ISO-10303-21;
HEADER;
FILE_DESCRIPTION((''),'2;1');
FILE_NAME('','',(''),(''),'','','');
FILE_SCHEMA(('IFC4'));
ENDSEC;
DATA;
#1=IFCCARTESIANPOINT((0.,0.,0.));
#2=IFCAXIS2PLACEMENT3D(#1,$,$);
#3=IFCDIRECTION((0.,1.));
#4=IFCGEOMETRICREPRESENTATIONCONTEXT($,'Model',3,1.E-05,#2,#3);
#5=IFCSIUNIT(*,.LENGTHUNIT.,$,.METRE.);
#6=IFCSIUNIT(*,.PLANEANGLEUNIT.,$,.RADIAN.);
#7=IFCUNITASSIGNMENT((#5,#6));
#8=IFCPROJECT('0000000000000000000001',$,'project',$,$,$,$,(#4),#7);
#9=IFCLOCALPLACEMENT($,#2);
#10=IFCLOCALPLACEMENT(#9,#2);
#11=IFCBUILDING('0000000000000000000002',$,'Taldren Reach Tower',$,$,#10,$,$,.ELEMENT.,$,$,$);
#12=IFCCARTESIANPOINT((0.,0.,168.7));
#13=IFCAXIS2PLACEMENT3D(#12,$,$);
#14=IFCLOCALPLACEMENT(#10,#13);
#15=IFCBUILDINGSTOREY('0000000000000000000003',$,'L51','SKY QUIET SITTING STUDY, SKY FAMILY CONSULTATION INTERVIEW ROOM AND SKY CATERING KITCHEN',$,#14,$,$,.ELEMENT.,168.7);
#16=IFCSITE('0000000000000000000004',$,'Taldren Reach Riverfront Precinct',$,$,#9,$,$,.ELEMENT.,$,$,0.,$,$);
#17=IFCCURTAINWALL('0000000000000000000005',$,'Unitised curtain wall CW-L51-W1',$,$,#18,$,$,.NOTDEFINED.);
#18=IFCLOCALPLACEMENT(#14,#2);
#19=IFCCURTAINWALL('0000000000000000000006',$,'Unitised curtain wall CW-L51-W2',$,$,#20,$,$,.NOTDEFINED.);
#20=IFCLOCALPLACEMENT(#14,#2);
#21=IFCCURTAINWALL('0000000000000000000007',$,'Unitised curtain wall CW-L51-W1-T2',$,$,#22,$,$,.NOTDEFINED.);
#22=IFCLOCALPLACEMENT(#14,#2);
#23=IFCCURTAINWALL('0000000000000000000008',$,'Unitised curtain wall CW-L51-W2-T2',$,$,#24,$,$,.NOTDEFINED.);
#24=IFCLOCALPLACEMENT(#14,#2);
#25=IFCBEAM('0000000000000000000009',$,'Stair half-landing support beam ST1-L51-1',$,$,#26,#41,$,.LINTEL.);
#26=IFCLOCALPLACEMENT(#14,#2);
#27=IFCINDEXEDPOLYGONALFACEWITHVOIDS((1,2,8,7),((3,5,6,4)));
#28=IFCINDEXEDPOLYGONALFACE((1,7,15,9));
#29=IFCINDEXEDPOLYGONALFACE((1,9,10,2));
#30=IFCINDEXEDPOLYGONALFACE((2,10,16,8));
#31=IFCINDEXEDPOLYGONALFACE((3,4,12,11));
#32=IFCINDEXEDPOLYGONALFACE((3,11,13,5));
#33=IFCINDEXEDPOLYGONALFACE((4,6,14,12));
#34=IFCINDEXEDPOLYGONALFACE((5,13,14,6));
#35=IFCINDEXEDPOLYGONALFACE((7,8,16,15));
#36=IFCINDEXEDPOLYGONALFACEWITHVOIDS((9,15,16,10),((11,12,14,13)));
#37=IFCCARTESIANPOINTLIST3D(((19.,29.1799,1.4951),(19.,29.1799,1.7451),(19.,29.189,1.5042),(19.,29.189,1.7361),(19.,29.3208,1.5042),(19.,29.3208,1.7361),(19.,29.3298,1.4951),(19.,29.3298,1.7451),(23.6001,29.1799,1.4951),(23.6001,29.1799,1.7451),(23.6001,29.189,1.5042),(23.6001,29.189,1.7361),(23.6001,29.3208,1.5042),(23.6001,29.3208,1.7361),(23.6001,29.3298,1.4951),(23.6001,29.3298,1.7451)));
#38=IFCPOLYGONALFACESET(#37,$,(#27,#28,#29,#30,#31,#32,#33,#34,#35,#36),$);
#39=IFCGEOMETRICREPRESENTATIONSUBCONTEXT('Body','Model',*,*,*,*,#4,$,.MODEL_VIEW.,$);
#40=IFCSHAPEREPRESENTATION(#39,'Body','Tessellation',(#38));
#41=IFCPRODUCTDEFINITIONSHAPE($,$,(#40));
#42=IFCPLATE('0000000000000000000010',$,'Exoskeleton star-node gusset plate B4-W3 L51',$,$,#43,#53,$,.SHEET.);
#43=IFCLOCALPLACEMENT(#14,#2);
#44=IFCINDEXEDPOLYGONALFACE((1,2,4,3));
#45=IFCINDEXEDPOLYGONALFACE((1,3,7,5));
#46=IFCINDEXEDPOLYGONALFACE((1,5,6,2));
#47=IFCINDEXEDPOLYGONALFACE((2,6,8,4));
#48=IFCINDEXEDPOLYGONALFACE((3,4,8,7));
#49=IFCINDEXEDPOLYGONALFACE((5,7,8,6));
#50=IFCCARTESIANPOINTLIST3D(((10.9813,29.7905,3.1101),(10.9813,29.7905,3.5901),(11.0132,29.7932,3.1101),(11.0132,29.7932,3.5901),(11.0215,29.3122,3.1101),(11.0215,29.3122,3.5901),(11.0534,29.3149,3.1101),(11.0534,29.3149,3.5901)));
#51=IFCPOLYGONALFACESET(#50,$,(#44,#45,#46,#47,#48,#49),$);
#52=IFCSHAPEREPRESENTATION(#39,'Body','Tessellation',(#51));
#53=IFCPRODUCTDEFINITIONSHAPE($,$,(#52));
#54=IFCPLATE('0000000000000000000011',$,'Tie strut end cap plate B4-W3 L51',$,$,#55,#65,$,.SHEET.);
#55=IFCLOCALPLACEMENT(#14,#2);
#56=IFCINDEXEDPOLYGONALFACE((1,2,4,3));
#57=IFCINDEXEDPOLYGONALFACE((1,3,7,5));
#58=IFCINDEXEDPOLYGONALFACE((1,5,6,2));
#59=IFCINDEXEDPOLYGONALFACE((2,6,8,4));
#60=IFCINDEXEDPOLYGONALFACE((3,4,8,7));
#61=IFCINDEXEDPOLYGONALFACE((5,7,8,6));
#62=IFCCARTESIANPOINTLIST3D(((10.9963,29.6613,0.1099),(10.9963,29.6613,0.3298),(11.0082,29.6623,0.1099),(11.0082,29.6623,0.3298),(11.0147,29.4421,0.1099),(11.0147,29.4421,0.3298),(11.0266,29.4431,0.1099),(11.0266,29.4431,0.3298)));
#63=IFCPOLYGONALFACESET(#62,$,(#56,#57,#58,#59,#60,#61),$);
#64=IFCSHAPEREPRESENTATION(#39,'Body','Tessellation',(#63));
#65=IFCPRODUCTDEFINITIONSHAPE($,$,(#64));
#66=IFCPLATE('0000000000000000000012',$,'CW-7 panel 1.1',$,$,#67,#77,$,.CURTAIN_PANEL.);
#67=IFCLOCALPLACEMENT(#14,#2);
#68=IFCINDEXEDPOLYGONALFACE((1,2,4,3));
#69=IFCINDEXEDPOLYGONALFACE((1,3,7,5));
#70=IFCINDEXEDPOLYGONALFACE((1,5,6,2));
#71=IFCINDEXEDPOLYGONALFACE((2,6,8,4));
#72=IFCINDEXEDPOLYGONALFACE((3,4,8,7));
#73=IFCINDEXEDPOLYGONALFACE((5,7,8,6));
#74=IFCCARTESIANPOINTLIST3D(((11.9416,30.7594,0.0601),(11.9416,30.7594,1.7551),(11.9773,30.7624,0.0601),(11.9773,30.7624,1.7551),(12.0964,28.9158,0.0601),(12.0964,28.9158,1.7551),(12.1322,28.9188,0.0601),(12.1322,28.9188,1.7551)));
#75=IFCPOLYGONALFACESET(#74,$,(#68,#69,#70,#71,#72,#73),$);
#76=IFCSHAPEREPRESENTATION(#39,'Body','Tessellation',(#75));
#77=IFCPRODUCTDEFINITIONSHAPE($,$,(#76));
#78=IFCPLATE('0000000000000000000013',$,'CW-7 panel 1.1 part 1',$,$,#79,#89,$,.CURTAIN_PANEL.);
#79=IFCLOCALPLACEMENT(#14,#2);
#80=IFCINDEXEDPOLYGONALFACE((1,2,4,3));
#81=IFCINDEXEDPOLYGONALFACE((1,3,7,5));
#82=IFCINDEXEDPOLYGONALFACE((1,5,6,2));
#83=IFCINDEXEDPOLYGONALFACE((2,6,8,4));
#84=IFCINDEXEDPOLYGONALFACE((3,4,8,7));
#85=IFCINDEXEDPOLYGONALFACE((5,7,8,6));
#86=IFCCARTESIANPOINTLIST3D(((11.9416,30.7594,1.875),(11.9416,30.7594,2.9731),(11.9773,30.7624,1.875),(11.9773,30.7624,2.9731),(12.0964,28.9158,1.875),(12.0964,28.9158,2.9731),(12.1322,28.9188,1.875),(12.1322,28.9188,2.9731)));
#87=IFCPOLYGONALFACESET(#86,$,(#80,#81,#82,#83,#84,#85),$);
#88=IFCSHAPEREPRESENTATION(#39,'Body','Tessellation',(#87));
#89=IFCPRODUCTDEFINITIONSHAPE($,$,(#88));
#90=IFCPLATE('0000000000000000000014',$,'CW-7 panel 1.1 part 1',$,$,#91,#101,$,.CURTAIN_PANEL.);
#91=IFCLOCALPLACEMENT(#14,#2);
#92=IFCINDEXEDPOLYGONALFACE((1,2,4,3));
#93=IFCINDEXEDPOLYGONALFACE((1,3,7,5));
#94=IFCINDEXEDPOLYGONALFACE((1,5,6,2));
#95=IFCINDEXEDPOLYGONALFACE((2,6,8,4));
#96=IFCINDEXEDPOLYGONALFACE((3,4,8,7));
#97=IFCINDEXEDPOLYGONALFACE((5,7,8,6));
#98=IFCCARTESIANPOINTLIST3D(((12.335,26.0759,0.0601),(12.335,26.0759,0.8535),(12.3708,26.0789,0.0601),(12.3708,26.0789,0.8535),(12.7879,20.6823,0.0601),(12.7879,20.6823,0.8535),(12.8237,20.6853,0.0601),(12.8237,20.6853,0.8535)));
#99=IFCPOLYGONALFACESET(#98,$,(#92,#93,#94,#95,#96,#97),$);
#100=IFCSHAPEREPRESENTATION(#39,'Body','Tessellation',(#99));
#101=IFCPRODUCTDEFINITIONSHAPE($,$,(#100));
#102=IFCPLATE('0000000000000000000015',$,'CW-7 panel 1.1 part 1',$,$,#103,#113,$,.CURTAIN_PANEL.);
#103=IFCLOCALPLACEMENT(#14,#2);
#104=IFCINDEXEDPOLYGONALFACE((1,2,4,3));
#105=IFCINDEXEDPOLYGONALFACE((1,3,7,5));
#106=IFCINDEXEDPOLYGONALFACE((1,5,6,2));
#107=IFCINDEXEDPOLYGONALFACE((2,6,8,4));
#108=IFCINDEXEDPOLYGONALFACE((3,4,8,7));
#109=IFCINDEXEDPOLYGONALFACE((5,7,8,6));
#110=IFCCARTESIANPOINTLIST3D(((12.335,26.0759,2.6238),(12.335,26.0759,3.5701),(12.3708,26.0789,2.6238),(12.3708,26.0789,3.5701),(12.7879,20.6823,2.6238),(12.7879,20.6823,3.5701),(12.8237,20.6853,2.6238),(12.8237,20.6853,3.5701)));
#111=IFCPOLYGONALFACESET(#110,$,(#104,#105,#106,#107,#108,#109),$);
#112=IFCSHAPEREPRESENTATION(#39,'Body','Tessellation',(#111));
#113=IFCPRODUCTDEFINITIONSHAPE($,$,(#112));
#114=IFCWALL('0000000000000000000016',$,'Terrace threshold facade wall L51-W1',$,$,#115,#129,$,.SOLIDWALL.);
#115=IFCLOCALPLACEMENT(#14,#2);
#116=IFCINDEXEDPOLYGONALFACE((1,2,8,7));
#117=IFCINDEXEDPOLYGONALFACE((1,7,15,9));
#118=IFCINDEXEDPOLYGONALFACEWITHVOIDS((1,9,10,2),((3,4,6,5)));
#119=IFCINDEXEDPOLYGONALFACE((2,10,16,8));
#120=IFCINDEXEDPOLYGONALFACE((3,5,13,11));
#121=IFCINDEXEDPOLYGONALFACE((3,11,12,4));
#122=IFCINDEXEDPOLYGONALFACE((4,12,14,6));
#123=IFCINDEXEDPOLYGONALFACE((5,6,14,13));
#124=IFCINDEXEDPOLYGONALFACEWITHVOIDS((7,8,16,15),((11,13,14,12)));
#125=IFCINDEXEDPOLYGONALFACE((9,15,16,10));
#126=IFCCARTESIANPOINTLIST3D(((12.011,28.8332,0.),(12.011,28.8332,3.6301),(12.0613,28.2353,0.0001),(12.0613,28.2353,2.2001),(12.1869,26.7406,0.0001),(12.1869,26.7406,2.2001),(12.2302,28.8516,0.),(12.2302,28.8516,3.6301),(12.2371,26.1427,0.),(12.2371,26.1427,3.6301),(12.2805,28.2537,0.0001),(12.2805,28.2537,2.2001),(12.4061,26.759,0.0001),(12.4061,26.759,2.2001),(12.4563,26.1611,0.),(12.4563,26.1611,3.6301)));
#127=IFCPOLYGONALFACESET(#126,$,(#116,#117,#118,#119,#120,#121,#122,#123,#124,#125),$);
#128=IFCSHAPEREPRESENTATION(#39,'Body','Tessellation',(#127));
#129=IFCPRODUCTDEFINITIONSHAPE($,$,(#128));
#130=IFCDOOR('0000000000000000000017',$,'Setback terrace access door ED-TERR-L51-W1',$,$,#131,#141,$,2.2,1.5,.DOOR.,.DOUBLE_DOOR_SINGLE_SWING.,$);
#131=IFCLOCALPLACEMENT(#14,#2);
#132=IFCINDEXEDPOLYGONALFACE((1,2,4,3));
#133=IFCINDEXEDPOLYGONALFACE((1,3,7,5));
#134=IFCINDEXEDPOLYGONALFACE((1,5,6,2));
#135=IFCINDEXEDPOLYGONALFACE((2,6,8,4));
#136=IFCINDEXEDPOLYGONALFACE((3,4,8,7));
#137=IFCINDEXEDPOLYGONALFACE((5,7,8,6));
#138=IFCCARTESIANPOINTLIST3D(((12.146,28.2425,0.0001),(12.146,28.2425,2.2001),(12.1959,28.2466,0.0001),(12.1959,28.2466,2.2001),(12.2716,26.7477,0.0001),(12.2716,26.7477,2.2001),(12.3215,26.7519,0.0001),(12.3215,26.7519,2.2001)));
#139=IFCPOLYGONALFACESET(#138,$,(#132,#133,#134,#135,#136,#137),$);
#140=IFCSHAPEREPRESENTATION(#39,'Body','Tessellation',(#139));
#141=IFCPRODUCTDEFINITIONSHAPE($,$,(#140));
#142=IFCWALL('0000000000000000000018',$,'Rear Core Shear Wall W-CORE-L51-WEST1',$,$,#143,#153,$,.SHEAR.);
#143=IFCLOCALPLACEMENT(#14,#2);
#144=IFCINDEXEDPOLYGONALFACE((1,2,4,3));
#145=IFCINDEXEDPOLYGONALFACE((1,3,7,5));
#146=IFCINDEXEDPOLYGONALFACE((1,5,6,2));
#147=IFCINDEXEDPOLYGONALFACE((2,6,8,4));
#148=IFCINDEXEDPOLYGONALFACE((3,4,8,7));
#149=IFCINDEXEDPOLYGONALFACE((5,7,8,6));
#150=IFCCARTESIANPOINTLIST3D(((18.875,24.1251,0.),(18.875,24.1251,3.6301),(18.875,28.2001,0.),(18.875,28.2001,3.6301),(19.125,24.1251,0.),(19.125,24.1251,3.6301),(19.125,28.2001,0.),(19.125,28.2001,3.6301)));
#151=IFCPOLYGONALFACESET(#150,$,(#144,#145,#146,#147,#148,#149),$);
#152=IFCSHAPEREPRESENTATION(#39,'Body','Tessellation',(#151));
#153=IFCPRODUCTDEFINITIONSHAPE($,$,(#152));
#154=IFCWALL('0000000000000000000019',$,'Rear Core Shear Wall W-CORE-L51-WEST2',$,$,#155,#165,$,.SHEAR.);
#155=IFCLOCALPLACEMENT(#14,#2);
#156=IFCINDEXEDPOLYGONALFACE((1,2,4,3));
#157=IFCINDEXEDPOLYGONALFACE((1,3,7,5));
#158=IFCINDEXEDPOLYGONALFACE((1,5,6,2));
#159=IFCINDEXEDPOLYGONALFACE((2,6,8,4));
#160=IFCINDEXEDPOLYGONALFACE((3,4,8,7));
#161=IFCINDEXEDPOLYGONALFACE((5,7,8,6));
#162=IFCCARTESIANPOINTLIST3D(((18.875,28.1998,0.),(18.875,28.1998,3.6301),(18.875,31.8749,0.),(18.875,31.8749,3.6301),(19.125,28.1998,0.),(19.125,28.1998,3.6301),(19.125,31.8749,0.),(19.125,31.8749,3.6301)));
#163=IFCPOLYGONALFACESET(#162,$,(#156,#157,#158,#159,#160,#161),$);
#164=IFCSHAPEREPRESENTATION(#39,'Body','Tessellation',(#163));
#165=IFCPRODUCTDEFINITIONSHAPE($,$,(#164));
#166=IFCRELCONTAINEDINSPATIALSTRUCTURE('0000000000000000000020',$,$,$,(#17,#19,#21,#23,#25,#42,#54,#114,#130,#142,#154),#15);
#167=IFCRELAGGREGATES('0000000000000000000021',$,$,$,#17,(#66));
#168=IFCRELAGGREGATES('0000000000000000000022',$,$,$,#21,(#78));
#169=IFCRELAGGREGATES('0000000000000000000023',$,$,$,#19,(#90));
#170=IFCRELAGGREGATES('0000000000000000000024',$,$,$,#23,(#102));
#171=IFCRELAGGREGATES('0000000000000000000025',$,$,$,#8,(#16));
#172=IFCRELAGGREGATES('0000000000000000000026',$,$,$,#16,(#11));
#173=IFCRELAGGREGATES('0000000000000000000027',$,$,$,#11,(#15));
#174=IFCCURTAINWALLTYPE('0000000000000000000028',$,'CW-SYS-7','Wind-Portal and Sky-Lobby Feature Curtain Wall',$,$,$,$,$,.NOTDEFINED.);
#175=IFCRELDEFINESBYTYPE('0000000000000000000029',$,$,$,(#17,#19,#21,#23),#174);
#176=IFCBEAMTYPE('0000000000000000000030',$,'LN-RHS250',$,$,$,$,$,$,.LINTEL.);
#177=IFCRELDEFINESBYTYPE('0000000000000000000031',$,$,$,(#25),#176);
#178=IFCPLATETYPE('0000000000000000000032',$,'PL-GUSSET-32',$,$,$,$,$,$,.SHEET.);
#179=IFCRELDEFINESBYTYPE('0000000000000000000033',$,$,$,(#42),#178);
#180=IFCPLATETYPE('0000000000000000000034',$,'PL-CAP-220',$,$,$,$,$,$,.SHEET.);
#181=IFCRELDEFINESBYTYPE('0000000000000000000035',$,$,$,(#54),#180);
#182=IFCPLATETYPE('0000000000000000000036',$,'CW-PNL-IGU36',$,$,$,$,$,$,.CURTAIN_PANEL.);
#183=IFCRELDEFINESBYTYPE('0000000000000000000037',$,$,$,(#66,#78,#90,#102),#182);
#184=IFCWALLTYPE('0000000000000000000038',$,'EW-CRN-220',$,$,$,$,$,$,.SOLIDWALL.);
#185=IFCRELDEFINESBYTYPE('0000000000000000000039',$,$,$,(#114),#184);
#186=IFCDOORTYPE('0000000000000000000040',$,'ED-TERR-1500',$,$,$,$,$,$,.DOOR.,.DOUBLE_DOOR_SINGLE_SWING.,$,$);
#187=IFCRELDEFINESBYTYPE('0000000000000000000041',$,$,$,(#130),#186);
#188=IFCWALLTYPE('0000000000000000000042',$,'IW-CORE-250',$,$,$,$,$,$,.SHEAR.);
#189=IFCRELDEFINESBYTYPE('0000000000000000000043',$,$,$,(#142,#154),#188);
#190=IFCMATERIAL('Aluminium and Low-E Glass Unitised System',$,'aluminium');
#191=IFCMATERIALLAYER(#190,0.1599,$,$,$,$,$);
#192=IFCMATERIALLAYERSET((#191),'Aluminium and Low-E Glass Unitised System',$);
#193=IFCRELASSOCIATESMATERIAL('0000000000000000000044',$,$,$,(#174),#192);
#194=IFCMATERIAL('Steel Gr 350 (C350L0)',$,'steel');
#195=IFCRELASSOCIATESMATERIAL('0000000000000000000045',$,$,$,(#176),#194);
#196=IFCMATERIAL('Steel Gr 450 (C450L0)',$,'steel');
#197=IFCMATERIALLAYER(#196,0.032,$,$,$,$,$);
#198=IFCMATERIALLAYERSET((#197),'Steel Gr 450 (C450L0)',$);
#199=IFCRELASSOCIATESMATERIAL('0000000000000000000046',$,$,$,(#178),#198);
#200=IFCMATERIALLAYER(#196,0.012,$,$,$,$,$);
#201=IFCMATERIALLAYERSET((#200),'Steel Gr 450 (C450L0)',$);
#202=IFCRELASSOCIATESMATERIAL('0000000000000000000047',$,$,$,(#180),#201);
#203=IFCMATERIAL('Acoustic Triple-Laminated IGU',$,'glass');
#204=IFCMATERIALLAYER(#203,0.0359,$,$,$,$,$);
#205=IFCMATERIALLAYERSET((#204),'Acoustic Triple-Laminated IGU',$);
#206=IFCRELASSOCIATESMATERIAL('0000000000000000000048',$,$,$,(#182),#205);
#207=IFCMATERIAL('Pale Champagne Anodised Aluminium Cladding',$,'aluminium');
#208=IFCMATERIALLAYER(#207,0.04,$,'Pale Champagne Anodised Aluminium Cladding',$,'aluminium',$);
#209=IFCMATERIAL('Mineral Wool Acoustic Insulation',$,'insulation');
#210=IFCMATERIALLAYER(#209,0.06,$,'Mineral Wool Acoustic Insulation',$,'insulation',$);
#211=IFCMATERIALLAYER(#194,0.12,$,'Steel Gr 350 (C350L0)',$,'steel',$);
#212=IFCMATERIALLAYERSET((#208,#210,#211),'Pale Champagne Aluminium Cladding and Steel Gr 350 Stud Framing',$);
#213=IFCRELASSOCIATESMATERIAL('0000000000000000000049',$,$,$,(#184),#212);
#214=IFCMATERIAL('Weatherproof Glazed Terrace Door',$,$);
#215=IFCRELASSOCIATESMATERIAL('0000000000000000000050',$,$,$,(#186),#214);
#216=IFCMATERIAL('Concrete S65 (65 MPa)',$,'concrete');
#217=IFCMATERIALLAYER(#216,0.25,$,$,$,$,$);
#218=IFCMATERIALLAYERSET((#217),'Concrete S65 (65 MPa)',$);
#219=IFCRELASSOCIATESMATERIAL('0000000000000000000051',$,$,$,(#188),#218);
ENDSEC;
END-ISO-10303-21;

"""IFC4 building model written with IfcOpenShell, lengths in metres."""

from ifc_helpers import new_model, si_unit, direction, frame, frame_2d, origin, origin_2d, place, context, subcontext, project, spatial, rectangle, hollow_rectangle, extrude, source, transform, mapped, material, layer, layer_set, material_profile, profile_set, type_object, element, fill, aggregate, save


model = new_model("IFC4")

# Units and contexts
model_context = context("Model", 3, precision=1e-05, world=origin(), true_north=direction((0.0, 1.0)))
body_context = subcontext(model_context, "Body", "Model", "MODEL_VIEW")
ifc_project = project(units=[si_unit("LENGTHUNIT", "METRE"), si_unit("PLANEANGLEUNIT", "RADIAN")], contexts=[model_context])

# Site, building, storey
site_placement = place(None, origin())
site = spatial("IfcSite", under=ifc_project, at=site_placement, Name="Taldren Reach Riverfront Precinct", CompositionType="ELEMENT", RefElevation=0.0)
building_placement = place(site_placement, origin())
building = spatial("IfcBuilding", under=site, at=building_placement, Name="Taldren Reach Tower", CompositionType="ELEMENT")
storey_placement = place(building_placement, frame((0.0, 0.0, 168.7)))
storey = spatial("IfcBuildingStorey", under=building, at=storey_placement, Name="L51", Description="SKY QUIET SITTING STUDY, SKY FAMILY CONSULTATION INTERVIEW ROOM AND SKY CATERING KITCHEN", CompositionType="ELEMENT", Elevation=168.7)

# Shared definitions
ifc_material_1 = material(Name="Steel Gr 450 (C450L0)", Category="steel")

# Shared definitions
ifc_material_2 = material(Name="Steel Gr 350 (C350L0)", Category="steel")

# Curtain walls
ifc_material_3 = material(Name="Aluminium and Low-E Glass Unitised System", Category="aluminium")
ifc_layer_1 = layer(ifc_material_3, 0.1599)
ifc_layer_set_1 = layer_set([ifc_layer_1], Name="Aluminium and Low-E Glass Unitised System")
curtain_wall_type = type_object("IfcCurtainWallType", Name="CW-SYS-7", Description="Wind-Portal and Sky-Lobby Feature Curtain Wall", PredefinedType="NOTDEFINED", material=ifc_layer_set_1)
curtain_wall_1_placement = place(storey_placement, origin())
curtain_wall_1 = element("IfcCurtainWall", 1, at=curtain_wall_1_placement, inside=storey, type_object=curtain_wall_type, Name="Unitised curtain wall CW-L51-W1", PredefinedType="NOTDEFINED")
curtain_wall_2_placement = place(storey_placement, origin())
curtain_wall_2 = element("IfcCurtainWall", 2, at=curtain_wall_2_placement, inside=storey, type_object=curtain_wall_type, Name="Unitised curtain wall CW-L51-W2", PredefinedType="NOTDEFINED")
curtain_wall_3_placement = place(storey_placement, origin())
curtain_wall_3 = element("IfcCurtainWall", 3, at=curtain_wall_3_placement, inside=storey, type_object=curtain_wall_type, Name="Unitised curtain wall CW-L51-W1-T2", PredefinedType="NOTDEFINED")

# Curtain wall
curtain_wall_4_placement = place(storey_placement, origin())
curtain_wall_4 = element("IfcCurtainWall", 4, at=curtain_wall_4_placement, inside=storey, type_object=curtain_wall_type, Name="Unitised curtain wall CW-L51-W2-T2", PredefinedType="NOTDEFINED")

# Beam
ifc_material_profile_1 = material_profile(ifc_material_2, hollow_rectangle(XDim=0.1499, YDim=0.25, WallThickness=0.009, at=origin_2d()), Name="250x150x9.0RHS")
ifc_profile_set_1 = profile_set([ifc_material_profile_1], Name="Steel Gr 350 (C350L0)")
beam_type_1 = type_object("IfcBeamType", Name="LN-RHS250", PredefinedType="LINTEL", material=ifc_profile_set_1)
shared_shape_1 = source(origin(), body_context, "Body", "SweptSolid", [
    extrude(hollow_rectangle(XDim=0.1499, YDim=0.25, WallThickness=0.009, at=origin_2d()), origin(), (0.0, 0.0, 1.0), 4.6001),
])
beam_1_placement = place(storey_placement, frame((19.0, 29.2549, 1.6201), z_axis=(1.0, 0.0, 0.0), x_axis=(0.0, 1.0, 0.0)))
element("IfcBeam", 5, at=beam_1_placement, inside=storey, type_object=beam_type_1, Name="Stair half-landing support beam ST1-L51-1", PredefinedType="LINTEL", context=body_context, shape_type="MappedRepresentation", body=[
    mapped(shared_shape_1, transform((0.0, 0.0, 0.0), scale=1.0)),
])

# Plates
ifc_layer_2 = layer(ifc_material_1, 0.032)
ifc_layer_set_2 = layer_set([ifc_layer_2], Name="Steel Gr 450 (C450L0)")
plate_type_1 = type_object("IfcPlateType", Name="PL-GUSSET-32", PredefinedType="SHEET", material=ifc_layer_set_2)
shared_shape_2 = source(origin(), body_context, "Body", "SweptSolid", [
    extrude(rectangle(XDim=0.48, YDim=0.032, at=origin_2d()), origin(), (0.0, 0.0, 1.0), 0.48),
])
plate_1_placement = place(storey_placement, frame((11.0173, 29.5527, 3.1101), z_axis=(0.0, 0.0, 1.0), x_axis=(-0.083678, 0.996493, 0.0)))
element("IfcPlate", 6, at=plate_1_placement, inside=storey, type_object=plate_type_1, Name="Exoskeleton star-node gusset plate B4-W3 L51", PredefinedType="SHEET", context=body_context, shape_type="MappedRepresentation", body=[
    mapped(shared_shape_2, transform((0.0, 0.0, 0.0), scale=1.0)),
])
ifc_layer_3 = layer(ifc_material_1, 0.012)
ifc_layer_set_3 = layer_set([ifc_layer_3], Name="Steel Gr 450 (C450L0)")
plate_type_2 = type_object("IfcPlateType", Name="PL-CAP-220", PredefinedType="SHEET", material=ifc_layer_set_3)
shared_shape_3 = source(origin(), body_context, "Body", "SweptSolid", [
    extrude(rectangle(XDim=0.012, YDim=0.22, at=origin_2d()), origin(), (0.0, 0.0, 1.0), 0.22),
])
plate_2_placement = place(storey_placement, frame((11.0115, 29.5522, 0.1099), z_axis=(0.0, 0.0, 1.0), x_axis=(0.996493, 0.083678, 0.0)))
element("IfcPlate", 7, at=plate_2_placement, inside=storey, type_object=plate_type_2, Name="Tie strut end cap plate B4-W3 L51", PredefinedType="SHEET", context=body_context, shape_type="MappedRepresentation", body=[
    mapped(shared_shape_3, transform((0.0, 0.0, 0.0), scale=1.0)),
])

# Plates
ifc_material_4 = material(Name="Acoustic Triple-Laminated IGU", Category="glass")
ifc_layer_4 = layer(ifc_material_4, 0.0359)
ifc_layer_set_4 = layer_set([ifc_layer_4], Name="Acoustic Triple-Laminated IGU")
plate_type_3 = type_object("IfcPlateType", Name="CW-PNL-IGU36", PredefinedType="CURTAIN_PANEL", material=ifc_layer_set_4)
shared_shape_4 = source(origin(), body_context, "Body", "SweptSolid", [
    extrude(rectangle(XDim=1.8501, YDim=0.0359, at=origin_2d()), origin(), (0.0, 0.0, 1.0), 1.6951),
])
plate_3_placement = place(storey_placement, frame((12.0369, 29.8391, 0.0601), z_axis=(0.0, 0.0, 1.0), x_axis=(0.08368, -0.996493, 0.0)))
plate_3 = element("IfcPlate", 8, at=plate_3_placement, type_object=plate_type_3, Name="CW-7 panel 1.1", PredefinedType="CURTAIN_PANEL", context=body_context, shape_type="MappedRepresentation", body=[
    mapped(shared_shape_4, transform((0.0, 0.0, 0.0), scale=1.0)),
])
aggregate(curtain_wall_1, [plate_3])
shared_shape_5 = source(origin(), body_context, "Body", "SweptSolid", [
    extrude(rectangle(XDim=1.8501, YDim=0.0359, at=origin_2d()), origin(), (0.0, 0.0, 1.0), 1.0981),
])
plate_4_placement = place(storey_placement, frame((12.0369, 29.8391, 1.875), z_axis=(0.0, 0.0, 1.0), x_axis=(0.08368, -0.996493, 0.0)))
plate_4 = element("IfcPlate", 9, at=plate_4_placement, type_object=plate_type_3, Name="CW-7 panel 1.1 part 1", PredefinedType="CURTAIN_PANEL", context=body_context, shape_type="MappedRepresentation", body=[
    mapped(shared_shape_5, transform((0.0, 0.0, 0.0), scale=1.0)),
])
aggregate(curtain_wall_3, [plate_4])
shared_shape_6 = source(origin(), body_context, "Body", "SweptSolid", [
    extrude(rectangle(XDim=5.4126, YDim=0.0359, at=origin_2d()), origin(), (0.0, 0.0, 1.0), 0.7935),
])
plate_5_placement = place(storey_placement, frame((12.5793, 23.3806, 0.0601), z_axis=(0.0, 0.0, 1.0), x_axis=(0.083678, -0.996493, 0.0)))
plate_5 = element("IfcPlate", 10, at=plate_5_placement, type_object=plate_type_3, Name="CW-7 panel 1.1 part 1", PredefinedType="CURTAIN_PANEL", context=body_context, shape_type="MappedRepresentation", body=[
    mapped(shared_shape_6, transform((0.0, 0.0, 0.0), scale=1.0)),
])
aggregate(curtain_wall_2, [plate_5])
shared_shape_7 = source(origin(), body_context, "Body", "SweptSolid", [
    extrude(rectangle(XDim=5.4126, YDim=0.0359, at=origin_2d()), origin(), (0.0, 0.0, 1.0), 0.9463),
])
plate_6_placement = place(storey_placement, frame((12.5793, 23.3806, 2.6238), z_axis=(0.0, 0.0, 1.0), x_axis=(0.083678, -0.996493, 0.0)))
plate_6 = element("IfcPlate", 11, at=plate_6_placement, type_object=plate_type_3, Name="CW-7 panel 1.1 part 1", PredefinedType="CURTAIN_PANEL", context=body_context, shape_type="MappedRepresentation", body=[
    mapped(shared_shape_7, transform((0.0, 0.0, 0.0), scale=1.0)),
])
aggregate(curtain_wall_4, [plate_6])

# Wall, opening, door
ifc_material_5 = material(Name="Pale Champagne Anodised Aluminium Cladding", Category="aluminium")
ifc_layer_5 = layer(ifc_material_5, 0.04, Name="Pale Champagne Anodised Aluminium Cladding", Category="aluminium")
ifc_material_6 = material(Name="Mineral Wool Acoustic Insulation", Category="insulation")
ifc_layer_6 = layer(ifc_material_6, 0.06, Name="Mineral Wool Acoustic Insulation", Category="insulation")
ifc_layer_7 = layer(ifc_material_2, 0.12, Name="Steel Gr 350 (C350L0)", Category="steel")
ifc_layer_set_5 = layer_set([ifc_layer_5, ifc_layer_6, ifc_layer_7], Name="Pale Champagne Aluminium Cladding and Steel Gr 350 Stud Framing")
wall_type_1 = type_object("IfcWallType", Name="EW-CRN-220", PredefinedType="SOLIDWALL", material=ifc_layer_set_5)
shared_shape_8 = source(origin(), body_context, "Body", "SweptSolid", [
    extrude(rectangle(XDim=2.7, YDim=0.22, at=frame_2d((1.3501, 0.0))), origin(), (0.0, 0.0, 1.0), 3.6301),
])
wall_1_placement = place(storey_placement, frame((12.1206, 28.8425, 0.0), z_axis=(0.0, 0.0, 1.0), x_axis=(0.083734, -0.996488, 0.0)))
wall_1 = element("IfcWall", 12, at=wall_1_placement, inside=storey, type_object=wall_type_1, Name="Terrace threshold facade wall L51-W1", PredefinedType="SOLIDWALL", context=body_context, shape_type="MappedRepresentation", body=[
    mapped(shared_shape_8, transform((0.0, 0.0, 0.0), scale=1.0)),
])
shared_shape_9 = source(origin(), body_context, "Body", "SweptSolid", [
    extrude(rectangle(XDim=1.5, YDim=2.2, at=frame_2d((0.75, 1.1001))), frame((0.0, 0.1201, 0.0), z_axis=(0.0, -1.0, 0.0), x_axis=(1.0, 0.0, 0.0)), (0.0, 0.0, 1.0), 0.24),
])
opening_placement = place(wall_1_placement, frame((0.6001, 0.0, 0.0)))
opening = element("IfcOpeningElement", 13, at=opening_placement, cuts=wall_1, PredefinedType="OPENING", context=body_context, shape_type="MappedRepresentation", body=[
    mapped(shared_shape_9, transform((0.0, 0.0, 0.0), scale=1.0)),
])
ifc_material_7 = material(Name="Weatherproof Glazed Terrace Door")
door_type = type_object("IfcDoorType", Name="ED-TERR-1500", OperationType="DOUBLE_DOOR_SINGLE_SWING", PredefinedType="DOOR", material=ifc_material_7)
shared_shape_10 = source(origin(), body_context, "Body", "SweptSolid", [
    extrude(rectangle(XDim=1.5, YDim=2.2, at=frame_2d((0.75, 1.1001))), frame((0.0, 0.0249, 0.0), z_axis=(0.0, -1.0, 0.0), x_axis=(1.0, 0.0, 0.0)), (0.0, 0.0, 1.0), 0.05),
])
door_placement = place(opening_placement, frame((1.5, 0.0, 0.0), z_axis=(0.0, 0.0, 1.0), x_axis=(-1.0, 0.0, 0.0)))
door = element("IfcDoor", 14, at=door_placement, inside=storey, type_object=door_type, Name="Setback terrace access door ED-TERR-L51-W1", OperationType="DOUBLE_DOOR_SINGLE_SWING", OverallHeight=2.2, OverallWidth=1.5, PredefinedType="DOOR", context=body_context, shape_type="MappedRepresentation", body=[
    mapped(shared_shape_10, transform((0.0, 0.0, 0.0), scale=1.0)),
])
fill(opening, door)

# Walls
ifc_material_8 = material(Name="Concrete S65 (65 MPa)", Category="concrete")
ifc_layer_8 = layer(ifc_material_8, 0.25)
ifc_layer_set_6 = layer_set([ifc_layer_8], Name="Concrete S65 (65 MPa)")
wall_type_2 = type_object("IfcWallType", Name="IW-CORE-250", PredefinedType="SHEAR", material=ifc_layer_set_6)
shared_shape_11 = source(origin(), body_context, "Body", "SweptSolid", [
    extrude(rectangle(XDim=4.075, YDim=0.25, at=frame_2d((2.0376, 0.0))), origin(), (0.0, 0.0, 1.0), 3.6301),
])
wall_2_placement = place(storey_placement, frame((19.0, 24.125, 0.0), z_axis=(0.0, 0.0, 1.0), x_axis=(0.0, 1.0, 0.0)))
element("IfcWall", 15, at=wall_2_placement, inside=storey, type_object=wall_type_2, Name="Rear Core Shear Wall W-CORE-L51-WEST1", PredefinedType="SHEAR", context=body_context, shape_type="MappedRepresentation", body=[
    mapped(shared_shape_11, transform((0.0, 0.0, 0.0), scale=1.0)),
])
shared_shape_12 = source(origin(), body_context, "Body", "SweptSolid", [
    extrude(rectangle(XDim=3.675, YDim=0.25, at=frame_2d((1.8374, 0.0))), origin(), (0.0, 0.0, 1.0), 3.6301),
])
wall_3_placement = place(storey_placement, frame((19.0, 28.2, 0.0), z_axis=(0.0, 0.0, 1.0), x_axis=(0.0, 1.0, 0.0)))
element("IfcWall", 16, at=wall_3_placement, inside=storey, type_object=wall_type_2, Name="Rear Core Shear Wall W-CORE-L51-WEST2", PredefinedType="SHEAR", context=body_context, shape_type="MappedRepresentation", body=[
    mapped(shared_shape_12, transform((0.0, 0.0, 0.0), scale=1.0)),
])

save(model, "model.ifc")
